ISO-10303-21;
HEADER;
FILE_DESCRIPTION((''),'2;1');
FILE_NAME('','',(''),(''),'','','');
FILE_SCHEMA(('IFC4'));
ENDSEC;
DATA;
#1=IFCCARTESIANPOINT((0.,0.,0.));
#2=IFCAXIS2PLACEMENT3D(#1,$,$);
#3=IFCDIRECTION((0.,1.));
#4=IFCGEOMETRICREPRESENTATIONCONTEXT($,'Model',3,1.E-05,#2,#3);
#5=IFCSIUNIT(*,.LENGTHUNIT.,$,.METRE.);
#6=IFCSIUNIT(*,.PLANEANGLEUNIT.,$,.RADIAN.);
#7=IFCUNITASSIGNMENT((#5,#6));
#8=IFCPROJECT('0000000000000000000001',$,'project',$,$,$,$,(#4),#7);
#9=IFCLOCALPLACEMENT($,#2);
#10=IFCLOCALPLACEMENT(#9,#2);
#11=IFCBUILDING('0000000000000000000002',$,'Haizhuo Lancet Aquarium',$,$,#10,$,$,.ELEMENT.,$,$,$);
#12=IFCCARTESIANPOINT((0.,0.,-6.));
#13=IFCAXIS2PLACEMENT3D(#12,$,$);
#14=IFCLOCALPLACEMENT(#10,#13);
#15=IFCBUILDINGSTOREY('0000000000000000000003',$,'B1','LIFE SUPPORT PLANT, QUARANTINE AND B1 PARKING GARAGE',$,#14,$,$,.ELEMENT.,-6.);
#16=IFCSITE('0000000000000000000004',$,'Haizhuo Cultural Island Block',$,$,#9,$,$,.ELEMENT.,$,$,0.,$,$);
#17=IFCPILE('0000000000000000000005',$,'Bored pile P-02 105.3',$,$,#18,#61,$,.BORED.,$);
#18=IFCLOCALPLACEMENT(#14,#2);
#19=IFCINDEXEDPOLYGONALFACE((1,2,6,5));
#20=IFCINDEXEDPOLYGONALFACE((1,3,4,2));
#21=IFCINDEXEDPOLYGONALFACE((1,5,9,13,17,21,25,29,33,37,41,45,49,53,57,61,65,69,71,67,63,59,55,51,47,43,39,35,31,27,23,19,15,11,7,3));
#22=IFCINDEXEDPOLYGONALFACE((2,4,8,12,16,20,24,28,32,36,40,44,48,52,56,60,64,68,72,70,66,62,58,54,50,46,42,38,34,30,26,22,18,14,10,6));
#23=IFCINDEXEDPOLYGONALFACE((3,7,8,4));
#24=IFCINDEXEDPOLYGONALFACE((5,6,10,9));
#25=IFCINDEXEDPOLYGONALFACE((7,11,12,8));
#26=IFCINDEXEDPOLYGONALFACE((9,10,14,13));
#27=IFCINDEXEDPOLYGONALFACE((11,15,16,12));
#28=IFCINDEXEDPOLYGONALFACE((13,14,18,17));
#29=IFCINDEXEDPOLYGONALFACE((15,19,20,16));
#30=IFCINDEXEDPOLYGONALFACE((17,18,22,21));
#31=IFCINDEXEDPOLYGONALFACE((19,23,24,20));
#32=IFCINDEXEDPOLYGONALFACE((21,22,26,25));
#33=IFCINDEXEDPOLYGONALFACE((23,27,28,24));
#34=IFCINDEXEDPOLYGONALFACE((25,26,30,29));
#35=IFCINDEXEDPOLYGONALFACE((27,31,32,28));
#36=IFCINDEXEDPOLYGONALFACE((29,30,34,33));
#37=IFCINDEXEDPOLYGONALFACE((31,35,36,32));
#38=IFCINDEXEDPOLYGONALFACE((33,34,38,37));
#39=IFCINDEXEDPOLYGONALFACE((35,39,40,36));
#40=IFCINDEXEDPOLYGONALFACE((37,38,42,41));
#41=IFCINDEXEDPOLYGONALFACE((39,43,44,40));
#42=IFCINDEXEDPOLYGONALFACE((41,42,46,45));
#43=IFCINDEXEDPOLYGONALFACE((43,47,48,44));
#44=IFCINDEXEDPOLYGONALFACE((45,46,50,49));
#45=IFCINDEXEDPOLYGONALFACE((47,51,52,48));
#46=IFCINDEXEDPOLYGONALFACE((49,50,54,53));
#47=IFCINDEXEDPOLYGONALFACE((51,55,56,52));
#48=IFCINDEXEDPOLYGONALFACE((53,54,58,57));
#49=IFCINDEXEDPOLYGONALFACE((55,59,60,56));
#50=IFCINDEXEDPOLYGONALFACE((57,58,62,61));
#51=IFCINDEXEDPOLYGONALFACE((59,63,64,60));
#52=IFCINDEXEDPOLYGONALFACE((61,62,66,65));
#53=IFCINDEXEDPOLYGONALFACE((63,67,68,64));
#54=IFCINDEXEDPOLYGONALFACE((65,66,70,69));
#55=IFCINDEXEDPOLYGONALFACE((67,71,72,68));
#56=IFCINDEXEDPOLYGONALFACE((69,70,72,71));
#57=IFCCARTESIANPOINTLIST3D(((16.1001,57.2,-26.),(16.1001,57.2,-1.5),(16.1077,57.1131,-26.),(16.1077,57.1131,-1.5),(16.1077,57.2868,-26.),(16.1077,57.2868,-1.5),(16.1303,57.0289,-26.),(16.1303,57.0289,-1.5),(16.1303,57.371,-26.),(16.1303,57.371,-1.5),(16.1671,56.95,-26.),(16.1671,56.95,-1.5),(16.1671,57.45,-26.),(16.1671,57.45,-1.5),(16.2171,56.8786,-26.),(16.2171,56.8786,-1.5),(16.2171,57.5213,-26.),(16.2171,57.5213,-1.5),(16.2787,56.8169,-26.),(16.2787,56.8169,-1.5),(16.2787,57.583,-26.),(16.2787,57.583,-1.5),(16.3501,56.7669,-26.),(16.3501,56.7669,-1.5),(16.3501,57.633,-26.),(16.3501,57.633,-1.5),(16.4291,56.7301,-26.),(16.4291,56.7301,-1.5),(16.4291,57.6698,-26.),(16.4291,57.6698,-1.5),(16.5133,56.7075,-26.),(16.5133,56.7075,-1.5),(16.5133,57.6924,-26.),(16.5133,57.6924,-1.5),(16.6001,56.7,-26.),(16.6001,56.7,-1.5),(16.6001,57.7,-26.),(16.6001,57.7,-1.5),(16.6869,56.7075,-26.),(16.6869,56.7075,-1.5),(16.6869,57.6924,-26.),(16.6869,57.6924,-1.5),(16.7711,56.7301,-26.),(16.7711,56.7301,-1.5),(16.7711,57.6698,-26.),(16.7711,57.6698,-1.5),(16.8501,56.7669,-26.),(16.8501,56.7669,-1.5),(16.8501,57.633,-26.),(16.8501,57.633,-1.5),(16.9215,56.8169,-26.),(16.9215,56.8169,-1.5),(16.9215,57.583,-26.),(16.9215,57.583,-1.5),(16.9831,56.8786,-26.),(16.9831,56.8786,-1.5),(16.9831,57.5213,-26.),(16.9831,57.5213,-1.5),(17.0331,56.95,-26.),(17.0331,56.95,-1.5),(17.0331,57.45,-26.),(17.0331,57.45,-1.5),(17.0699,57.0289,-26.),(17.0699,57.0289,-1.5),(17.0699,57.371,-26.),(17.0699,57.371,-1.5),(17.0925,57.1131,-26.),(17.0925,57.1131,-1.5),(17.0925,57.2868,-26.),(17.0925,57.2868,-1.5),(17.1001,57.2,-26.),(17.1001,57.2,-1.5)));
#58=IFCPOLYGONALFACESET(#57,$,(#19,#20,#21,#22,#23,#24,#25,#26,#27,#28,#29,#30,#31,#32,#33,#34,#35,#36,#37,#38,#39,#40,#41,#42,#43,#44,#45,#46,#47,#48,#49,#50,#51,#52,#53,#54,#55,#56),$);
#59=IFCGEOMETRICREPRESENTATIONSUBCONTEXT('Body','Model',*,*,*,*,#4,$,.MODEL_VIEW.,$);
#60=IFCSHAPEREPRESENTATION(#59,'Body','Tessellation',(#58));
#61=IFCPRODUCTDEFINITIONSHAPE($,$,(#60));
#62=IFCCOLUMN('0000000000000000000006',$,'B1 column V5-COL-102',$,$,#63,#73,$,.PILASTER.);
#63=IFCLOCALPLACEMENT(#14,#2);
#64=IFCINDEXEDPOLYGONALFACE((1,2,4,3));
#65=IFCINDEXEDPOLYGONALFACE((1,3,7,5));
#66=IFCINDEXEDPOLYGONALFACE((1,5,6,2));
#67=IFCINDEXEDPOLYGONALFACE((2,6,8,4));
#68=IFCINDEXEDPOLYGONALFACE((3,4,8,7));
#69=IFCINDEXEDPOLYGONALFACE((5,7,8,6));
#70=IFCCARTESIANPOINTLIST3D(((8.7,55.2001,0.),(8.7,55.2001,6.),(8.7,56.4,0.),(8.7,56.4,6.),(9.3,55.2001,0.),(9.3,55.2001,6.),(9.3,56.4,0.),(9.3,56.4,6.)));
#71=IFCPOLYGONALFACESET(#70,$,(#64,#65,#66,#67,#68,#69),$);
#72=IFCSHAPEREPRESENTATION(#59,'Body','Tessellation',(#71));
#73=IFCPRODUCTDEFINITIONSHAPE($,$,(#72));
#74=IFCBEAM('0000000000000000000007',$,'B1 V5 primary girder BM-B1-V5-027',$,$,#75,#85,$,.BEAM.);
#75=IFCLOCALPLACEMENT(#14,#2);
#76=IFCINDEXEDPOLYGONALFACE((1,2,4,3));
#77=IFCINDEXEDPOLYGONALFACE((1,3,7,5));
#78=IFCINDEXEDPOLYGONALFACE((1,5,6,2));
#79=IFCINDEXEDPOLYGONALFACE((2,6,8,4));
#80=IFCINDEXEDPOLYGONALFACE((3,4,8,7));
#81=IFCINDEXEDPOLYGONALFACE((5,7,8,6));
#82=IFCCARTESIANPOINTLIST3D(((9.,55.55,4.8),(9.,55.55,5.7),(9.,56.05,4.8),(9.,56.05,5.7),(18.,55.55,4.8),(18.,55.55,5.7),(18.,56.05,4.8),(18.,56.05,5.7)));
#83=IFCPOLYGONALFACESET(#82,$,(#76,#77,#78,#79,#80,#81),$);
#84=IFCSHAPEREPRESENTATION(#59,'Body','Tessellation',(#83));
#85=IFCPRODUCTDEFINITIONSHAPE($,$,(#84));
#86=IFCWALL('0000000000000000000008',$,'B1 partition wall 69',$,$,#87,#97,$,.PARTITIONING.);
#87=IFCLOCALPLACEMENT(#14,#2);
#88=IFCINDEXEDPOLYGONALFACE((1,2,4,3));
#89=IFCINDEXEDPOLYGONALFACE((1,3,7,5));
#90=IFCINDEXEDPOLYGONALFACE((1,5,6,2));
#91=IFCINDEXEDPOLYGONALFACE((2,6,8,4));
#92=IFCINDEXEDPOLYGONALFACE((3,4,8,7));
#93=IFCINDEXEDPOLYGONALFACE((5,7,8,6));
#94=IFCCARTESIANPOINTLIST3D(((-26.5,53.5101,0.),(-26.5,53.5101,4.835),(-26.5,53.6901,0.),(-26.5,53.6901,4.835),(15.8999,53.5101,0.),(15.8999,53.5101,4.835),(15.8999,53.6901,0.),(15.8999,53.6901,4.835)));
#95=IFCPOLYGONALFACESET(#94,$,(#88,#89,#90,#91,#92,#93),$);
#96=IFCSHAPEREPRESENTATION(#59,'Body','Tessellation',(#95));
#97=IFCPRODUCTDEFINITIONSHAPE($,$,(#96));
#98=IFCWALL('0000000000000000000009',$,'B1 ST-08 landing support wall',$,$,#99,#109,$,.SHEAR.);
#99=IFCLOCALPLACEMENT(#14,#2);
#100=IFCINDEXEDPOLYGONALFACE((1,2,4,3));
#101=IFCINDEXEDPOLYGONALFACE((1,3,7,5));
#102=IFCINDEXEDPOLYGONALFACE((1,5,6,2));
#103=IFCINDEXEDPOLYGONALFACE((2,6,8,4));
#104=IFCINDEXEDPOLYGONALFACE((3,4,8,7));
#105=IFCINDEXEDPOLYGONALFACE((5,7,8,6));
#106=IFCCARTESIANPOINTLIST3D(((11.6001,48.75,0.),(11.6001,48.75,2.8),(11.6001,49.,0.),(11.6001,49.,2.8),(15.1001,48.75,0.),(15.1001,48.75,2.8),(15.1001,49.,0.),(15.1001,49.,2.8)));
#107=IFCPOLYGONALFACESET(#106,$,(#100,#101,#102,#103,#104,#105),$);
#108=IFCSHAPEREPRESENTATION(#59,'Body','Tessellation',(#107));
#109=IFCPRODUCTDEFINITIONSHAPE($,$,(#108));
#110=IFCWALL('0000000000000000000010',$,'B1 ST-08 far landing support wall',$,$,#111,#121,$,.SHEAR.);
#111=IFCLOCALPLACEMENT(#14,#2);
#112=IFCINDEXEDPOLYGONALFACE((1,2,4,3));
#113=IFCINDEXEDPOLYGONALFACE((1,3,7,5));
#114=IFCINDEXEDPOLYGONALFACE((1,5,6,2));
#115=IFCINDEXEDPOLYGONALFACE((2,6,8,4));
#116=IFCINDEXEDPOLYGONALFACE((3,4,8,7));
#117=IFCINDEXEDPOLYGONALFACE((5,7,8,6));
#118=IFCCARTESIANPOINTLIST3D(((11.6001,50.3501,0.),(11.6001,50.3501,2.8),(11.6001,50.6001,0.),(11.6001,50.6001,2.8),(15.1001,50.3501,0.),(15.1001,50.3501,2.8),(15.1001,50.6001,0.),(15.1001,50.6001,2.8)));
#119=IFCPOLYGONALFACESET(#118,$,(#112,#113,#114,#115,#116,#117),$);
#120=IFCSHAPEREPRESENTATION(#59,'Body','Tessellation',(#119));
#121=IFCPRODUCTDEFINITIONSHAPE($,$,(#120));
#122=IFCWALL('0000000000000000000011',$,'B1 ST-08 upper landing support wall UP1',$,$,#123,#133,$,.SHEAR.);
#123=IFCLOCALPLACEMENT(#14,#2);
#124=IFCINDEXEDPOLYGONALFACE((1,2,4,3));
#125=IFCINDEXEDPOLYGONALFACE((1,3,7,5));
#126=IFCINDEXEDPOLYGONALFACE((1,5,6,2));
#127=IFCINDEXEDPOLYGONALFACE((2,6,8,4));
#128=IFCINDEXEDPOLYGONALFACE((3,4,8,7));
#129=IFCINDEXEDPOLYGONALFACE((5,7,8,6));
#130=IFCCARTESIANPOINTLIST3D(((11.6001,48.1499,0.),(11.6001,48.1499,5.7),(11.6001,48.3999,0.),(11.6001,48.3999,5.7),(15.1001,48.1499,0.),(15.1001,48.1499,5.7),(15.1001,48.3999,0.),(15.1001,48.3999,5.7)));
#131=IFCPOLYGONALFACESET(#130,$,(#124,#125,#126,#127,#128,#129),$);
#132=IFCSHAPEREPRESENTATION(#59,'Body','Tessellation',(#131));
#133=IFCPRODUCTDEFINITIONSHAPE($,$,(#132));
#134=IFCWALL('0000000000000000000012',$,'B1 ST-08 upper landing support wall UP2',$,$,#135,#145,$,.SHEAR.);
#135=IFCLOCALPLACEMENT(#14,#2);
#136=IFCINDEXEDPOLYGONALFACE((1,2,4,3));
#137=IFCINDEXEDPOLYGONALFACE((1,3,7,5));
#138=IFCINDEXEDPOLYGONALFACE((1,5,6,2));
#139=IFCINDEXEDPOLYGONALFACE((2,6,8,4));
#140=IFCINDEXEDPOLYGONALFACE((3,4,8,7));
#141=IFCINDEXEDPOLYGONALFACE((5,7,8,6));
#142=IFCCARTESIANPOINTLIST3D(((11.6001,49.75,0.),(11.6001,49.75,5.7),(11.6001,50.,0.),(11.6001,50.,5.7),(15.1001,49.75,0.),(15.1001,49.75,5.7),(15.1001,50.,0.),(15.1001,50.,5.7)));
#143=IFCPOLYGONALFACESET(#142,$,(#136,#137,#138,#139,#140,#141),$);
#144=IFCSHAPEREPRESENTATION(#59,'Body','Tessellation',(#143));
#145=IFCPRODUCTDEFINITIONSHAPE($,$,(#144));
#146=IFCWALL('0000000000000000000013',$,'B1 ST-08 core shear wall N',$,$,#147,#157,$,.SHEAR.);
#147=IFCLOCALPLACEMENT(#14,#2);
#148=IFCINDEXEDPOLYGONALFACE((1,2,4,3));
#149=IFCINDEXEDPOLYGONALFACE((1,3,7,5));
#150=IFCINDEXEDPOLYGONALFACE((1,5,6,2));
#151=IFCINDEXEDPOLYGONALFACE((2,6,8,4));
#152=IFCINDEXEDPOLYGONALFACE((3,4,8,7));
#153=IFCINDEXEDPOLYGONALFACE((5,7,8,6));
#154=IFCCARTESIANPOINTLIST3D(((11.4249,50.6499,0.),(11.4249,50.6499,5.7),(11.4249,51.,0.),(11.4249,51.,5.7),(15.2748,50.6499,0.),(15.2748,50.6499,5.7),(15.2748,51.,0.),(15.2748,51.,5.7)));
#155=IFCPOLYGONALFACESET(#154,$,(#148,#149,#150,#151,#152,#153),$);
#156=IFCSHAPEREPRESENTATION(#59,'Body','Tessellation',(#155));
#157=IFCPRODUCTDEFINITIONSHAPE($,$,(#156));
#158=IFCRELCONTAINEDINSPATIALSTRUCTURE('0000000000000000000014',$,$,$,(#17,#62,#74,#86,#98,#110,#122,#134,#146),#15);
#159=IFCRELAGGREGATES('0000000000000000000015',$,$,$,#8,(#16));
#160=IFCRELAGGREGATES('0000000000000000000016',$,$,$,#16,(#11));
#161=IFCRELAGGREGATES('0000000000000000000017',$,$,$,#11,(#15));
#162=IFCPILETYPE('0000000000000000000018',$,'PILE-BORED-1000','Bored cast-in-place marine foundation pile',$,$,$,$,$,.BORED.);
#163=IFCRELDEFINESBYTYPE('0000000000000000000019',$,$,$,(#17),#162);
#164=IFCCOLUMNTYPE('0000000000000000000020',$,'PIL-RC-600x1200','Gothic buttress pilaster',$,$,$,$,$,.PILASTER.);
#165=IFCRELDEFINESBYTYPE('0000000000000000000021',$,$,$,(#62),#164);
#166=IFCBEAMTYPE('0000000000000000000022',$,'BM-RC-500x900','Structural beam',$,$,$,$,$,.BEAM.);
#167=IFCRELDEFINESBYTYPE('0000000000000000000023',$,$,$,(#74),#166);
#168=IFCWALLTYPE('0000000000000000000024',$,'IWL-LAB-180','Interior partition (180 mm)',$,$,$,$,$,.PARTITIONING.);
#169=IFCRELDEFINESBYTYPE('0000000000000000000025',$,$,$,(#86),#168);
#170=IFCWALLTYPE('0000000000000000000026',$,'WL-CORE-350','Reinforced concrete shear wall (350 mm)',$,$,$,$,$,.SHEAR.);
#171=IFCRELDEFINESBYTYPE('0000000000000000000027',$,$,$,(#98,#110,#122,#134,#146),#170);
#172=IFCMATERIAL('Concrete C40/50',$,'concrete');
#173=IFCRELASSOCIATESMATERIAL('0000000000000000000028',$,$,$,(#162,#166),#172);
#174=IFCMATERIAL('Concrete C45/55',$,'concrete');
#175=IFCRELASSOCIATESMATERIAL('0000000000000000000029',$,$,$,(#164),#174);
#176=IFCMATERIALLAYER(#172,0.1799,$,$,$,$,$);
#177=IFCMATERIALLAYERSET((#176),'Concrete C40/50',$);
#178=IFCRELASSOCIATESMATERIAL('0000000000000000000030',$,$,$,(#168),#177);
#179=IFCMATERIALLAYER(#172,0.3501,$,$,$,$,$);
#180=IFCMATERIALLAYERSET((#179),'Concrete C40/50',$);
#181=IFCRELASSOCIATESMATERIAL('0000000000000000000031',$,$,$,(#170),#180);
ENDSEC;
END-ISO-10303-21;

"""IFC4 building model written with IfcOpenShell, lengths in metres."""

from ifc_helpers import new_model, si_unit, direction, frame, frame_2d, origin, origin_2d, place, context, subcontext, project, spatial, rectangle, circle, extrude, material, layer, layer_set, material_profile, profile_set, type_object, element, save


model = new_model("IFC4")

# Units and contexts
model_context = context("Model", 3, precision=1e-05, world=origin(), true_north=direction((0.0, 1.0)))
body_context = subcontext(model_context, "Body", "Model", "MODEL_VIEW")
ifc_project = project(units=[si_unit("LENGTHUNIT", "METRE"), si_unit("PLANEANGLEUNIT", "RADIAN")], contexts=[model_context])

# Site, building, storey
site_placement = place(None, origin())
site = spatial("IfcSite", under=ifc_project, at=site_placement, Name="Haizhuo Cultural Island Block", CompositionType="ELEMENT", RefElevation=0.0)
building_placement = place(site_placement, origin())
building = spatial("IfcBuilding", under=site, at=building_placement, Name="Haizhuo Lancet Aquarium", CompositionType="ELEMENT")
storey_placement = place(building_placement, frame((0.0, 0.0, -6.0)))
storey = spatial("IfcBuildingStorey", under=building, at=storey_placement, Name="B1", Description="LIFE SUPPORT PLANT, QUARANTINE AND B1 PARKING GARAGE", CompositionType="ELEMENT", Elevation=-6.0)

# Shared definitions
ifc_material_1 = material(Name="Concrete C40/50", Category="concrete")

# Pile
ifc_material_profile_1 = material_profile(ifc_material_1, circle(Radius=0.5, at=origin_2d()), Name="PILE-1000")
ifc_profile_set_1 = profile_set([ifc_material_profile_1], Name="Concrete C40/50")
pile_type = type_object("IfcPileType", Name="PILE-BORED-1000", Description="Bored cast-in-place marine foundation pile", PredefinedType="BORED", material=ifc_profile_set_1)
for number, where, z_axis, x_axis, name in (
    (1, (16.6001, 57.2, -1.5), (0.0, 0.0, -1.0), (1.0, 0.0, 0.0), "Bored pile P-02 105.3"),
):
    element("IfcPile", number, at=place(storey_placement, frame(where, z_axis=z_axis, x_axis=x_axis)), inside=storey, type_object=pile_type, Name=name, PredefinedType="BORED", context=body_context, shape_type="SweptSolid", body=[
        extrude(circle(Radius=0.5, at=origin_2d()), origin(), (0.0, 0.0, 1.0), 24.5),
    ])

# Column
ifc_material_2 = material(Name="Concrete C45/55", Category="concrete")
ifc_material_profile_2 = material_profile(ifc_material_2, rectangle(XDim=0.6001, YDim=1.2, at=origin_2d()), Name="RC-PIL 600x1200")
ifc_profile_set_2 = profile_set([ifc_material_profile_2], Name="Concrete C45/55")
column_type = type_object("IfcColumnType", Name="PIL-RC-600x1200", Description="Gothic buttress pilaster", PredefinedType="PILASTER", material=ifc_profile_set_2)
column_placement = place(storey_placement, frame((9.0, 55.8, 0.0), z_axis=(0.0, 0.0, 1.0), x_axis=(1.0, 0.0, 0.0)))
element("IfcColumn", 2, at=column_placement, inside=storey, type_object=column_type, Name="B1 column V5-COL-102", PredefinedType="PILASTER", context=body_context, shape_type="SweptSolid", body=[
    extrude(rectangle(XDim=0.6001, YDim=1.2, at=origin_2d()), origin(), (0.0, 0.0, 1.0), 6.0),
])

# Beam
ifc_material_profile_3 = material_profile(ifc_material_1, rectangle(XDim=0.5, YDim=0.8999, at=origin_2d()), Name="RC-BM 500x900")
ifc_profile_set_3 = profile_set([ifc_material_profile_3], Name="Concrete C40/50")
beam_type = type_object("IfcBeamType", Name="BM-RC-500x900", Description="Structural beam", PredefinedType="BEAM", material=ifc_profile_set_3)
beam_placement = place(storey_placement, frame((9.0, 55.8, 5.25), z_axis=(1.0, 0.0, 0.0), x_axis=(0.0, 1.0, 0.0)))
element("IfcBeam", 3, at=beam_placement, inside=storey, type_object=beam_type, Name="B1 V5 primary girder BM-B1-V5-027", PredefinedType="BEAM", context=body_context, shape_type="SweptSolid", body=[
    extrude(rectangle(XDim=0.5, YDim=0.8999, at=origin_2d()), origin(), (0.0, 0.0, 1.0), 9.0),
])

# Walls
ifc_layer_1 = layer(ifc_material_1, 0.1799)
ifc_layer_set_1 = layer_set([ifc_layer_1], Name="Concrete C40/50")
wall_type_1 = type_object("IfcWallType", Name="IWL-LAB-180", Description="Interior partition (180 mm)", PredefinedType="PARTITIONING", material=ifc_layer_set_1)
wall_1_placement = place(storey_placement, frame((15.8999, 53.6001, 0.0), z_axis=(0.0, 0.0, 1.0), x_axis=(-1.0, 0.0, 0.0)))
element("IfcWall", 4, at=wall_1_placement, inside=storey, type_object=wall_type_1, Name="B1 partition wall 69", PredefinedType="PARTITIONING", context=body_context, shape_type="SweptSolid", body=[
    extrude(rectangle(XDim=42.3999, YDim=0.1799, at=frame_2d((21.2, 0.0))), origin(), (0.0, 0.0, 1.0), 4.835),
])
ifc_layer_2 = layer(ifc_material_1, 0.3501)
ifc_layer_set_2 = layer_set([ifc_layer_2], Name="Concrete C40/50")
wall_type_2 = type_object("IfcWallType", Name="WL-CORE-350", Description="Reinforced concrete shear wall (350 mm)", PredefinedType="SHEAR", material=ifc_layer_set_2)
for number, where, z_axis, x_axis, name in (
    (5, (11.6001, 48.875, 0.0), (0.0, 0.0, 1.0), (1.0, 0.0, 0.0), "B1 ST-08 landing support wall"),
    (6, (11.6001, 50.4751, 0.0), (0.0, 0.0, 1.0), (1.0, 0.0, 0.0), "B1 ST-08 far landing support wall"),
):
    element("IfcWall", number, at=place(storey_placement, frame(where, z_axis=z_axis, x_axis=x_axis)), inside=storey, type_object=wall_type_2, Name=name, PredefinedType="SHEAR", context=body_context, shape_type="SweptSolid", body=[
        extrude(rectangle(XDim=3.5, YDim=0.25, at=frame_2d((1.75, 0.0))), origin(), (0.0, 0.0, 1.0), 2.8),
    ])
for number, where, z_axis, x_axis, name in (
    (7, (11.6001, 48.2749, 0.0), (0.0, 0.0, 1.0), (1.0, 0.0, 0.0), "B1 ST-08 upper landing support wall UP1"),
    (8, (11.6001, 49.875, 0.0), (0.0, 0.0, 1.0), (1.0, 0.0, 0.0), "B1 ST-08 upper landing support wall UP2"),
):
    element("IfcWall", number, at=place(storey_placement, frame(where, z_axis=z_axis, x_axis=x_axis)), inside=storey, type_object=wall_type_2, Name=name, PredefinedType="SHEAR", context=body_context, shape_type="SweptSolid", body=[
        extrude(rectangle(XDim=3.5, YDim=0.25, at=frame_2d((1.75, 0.0))), origin(), (0.0, 0.0, 1.0), 5.7),
    ])
wall_2_placement = place(storey_placement, frame((11.425, 50.825, 0.0), z_axis=(0.0, 0.0, 1.0), x_axis=(1.0, 0.0, 0.0)))
element("IfcWall", 9, at=wall_2_placement, inside=storey, type_object=wall_type_2, Name="B1 ST-08 core shear wall N", PredefinedType="SHEAR", context=body_context, shape_type="SweptSolid", body=[
    extrude(rectangle(XDim=3.8499, YDim=0.3501, at=frame_2d((1.9248, 0.0))), origin(), (0.0, 0.0, 1.0), 5.7),
])

save(model, "model.ifc")
